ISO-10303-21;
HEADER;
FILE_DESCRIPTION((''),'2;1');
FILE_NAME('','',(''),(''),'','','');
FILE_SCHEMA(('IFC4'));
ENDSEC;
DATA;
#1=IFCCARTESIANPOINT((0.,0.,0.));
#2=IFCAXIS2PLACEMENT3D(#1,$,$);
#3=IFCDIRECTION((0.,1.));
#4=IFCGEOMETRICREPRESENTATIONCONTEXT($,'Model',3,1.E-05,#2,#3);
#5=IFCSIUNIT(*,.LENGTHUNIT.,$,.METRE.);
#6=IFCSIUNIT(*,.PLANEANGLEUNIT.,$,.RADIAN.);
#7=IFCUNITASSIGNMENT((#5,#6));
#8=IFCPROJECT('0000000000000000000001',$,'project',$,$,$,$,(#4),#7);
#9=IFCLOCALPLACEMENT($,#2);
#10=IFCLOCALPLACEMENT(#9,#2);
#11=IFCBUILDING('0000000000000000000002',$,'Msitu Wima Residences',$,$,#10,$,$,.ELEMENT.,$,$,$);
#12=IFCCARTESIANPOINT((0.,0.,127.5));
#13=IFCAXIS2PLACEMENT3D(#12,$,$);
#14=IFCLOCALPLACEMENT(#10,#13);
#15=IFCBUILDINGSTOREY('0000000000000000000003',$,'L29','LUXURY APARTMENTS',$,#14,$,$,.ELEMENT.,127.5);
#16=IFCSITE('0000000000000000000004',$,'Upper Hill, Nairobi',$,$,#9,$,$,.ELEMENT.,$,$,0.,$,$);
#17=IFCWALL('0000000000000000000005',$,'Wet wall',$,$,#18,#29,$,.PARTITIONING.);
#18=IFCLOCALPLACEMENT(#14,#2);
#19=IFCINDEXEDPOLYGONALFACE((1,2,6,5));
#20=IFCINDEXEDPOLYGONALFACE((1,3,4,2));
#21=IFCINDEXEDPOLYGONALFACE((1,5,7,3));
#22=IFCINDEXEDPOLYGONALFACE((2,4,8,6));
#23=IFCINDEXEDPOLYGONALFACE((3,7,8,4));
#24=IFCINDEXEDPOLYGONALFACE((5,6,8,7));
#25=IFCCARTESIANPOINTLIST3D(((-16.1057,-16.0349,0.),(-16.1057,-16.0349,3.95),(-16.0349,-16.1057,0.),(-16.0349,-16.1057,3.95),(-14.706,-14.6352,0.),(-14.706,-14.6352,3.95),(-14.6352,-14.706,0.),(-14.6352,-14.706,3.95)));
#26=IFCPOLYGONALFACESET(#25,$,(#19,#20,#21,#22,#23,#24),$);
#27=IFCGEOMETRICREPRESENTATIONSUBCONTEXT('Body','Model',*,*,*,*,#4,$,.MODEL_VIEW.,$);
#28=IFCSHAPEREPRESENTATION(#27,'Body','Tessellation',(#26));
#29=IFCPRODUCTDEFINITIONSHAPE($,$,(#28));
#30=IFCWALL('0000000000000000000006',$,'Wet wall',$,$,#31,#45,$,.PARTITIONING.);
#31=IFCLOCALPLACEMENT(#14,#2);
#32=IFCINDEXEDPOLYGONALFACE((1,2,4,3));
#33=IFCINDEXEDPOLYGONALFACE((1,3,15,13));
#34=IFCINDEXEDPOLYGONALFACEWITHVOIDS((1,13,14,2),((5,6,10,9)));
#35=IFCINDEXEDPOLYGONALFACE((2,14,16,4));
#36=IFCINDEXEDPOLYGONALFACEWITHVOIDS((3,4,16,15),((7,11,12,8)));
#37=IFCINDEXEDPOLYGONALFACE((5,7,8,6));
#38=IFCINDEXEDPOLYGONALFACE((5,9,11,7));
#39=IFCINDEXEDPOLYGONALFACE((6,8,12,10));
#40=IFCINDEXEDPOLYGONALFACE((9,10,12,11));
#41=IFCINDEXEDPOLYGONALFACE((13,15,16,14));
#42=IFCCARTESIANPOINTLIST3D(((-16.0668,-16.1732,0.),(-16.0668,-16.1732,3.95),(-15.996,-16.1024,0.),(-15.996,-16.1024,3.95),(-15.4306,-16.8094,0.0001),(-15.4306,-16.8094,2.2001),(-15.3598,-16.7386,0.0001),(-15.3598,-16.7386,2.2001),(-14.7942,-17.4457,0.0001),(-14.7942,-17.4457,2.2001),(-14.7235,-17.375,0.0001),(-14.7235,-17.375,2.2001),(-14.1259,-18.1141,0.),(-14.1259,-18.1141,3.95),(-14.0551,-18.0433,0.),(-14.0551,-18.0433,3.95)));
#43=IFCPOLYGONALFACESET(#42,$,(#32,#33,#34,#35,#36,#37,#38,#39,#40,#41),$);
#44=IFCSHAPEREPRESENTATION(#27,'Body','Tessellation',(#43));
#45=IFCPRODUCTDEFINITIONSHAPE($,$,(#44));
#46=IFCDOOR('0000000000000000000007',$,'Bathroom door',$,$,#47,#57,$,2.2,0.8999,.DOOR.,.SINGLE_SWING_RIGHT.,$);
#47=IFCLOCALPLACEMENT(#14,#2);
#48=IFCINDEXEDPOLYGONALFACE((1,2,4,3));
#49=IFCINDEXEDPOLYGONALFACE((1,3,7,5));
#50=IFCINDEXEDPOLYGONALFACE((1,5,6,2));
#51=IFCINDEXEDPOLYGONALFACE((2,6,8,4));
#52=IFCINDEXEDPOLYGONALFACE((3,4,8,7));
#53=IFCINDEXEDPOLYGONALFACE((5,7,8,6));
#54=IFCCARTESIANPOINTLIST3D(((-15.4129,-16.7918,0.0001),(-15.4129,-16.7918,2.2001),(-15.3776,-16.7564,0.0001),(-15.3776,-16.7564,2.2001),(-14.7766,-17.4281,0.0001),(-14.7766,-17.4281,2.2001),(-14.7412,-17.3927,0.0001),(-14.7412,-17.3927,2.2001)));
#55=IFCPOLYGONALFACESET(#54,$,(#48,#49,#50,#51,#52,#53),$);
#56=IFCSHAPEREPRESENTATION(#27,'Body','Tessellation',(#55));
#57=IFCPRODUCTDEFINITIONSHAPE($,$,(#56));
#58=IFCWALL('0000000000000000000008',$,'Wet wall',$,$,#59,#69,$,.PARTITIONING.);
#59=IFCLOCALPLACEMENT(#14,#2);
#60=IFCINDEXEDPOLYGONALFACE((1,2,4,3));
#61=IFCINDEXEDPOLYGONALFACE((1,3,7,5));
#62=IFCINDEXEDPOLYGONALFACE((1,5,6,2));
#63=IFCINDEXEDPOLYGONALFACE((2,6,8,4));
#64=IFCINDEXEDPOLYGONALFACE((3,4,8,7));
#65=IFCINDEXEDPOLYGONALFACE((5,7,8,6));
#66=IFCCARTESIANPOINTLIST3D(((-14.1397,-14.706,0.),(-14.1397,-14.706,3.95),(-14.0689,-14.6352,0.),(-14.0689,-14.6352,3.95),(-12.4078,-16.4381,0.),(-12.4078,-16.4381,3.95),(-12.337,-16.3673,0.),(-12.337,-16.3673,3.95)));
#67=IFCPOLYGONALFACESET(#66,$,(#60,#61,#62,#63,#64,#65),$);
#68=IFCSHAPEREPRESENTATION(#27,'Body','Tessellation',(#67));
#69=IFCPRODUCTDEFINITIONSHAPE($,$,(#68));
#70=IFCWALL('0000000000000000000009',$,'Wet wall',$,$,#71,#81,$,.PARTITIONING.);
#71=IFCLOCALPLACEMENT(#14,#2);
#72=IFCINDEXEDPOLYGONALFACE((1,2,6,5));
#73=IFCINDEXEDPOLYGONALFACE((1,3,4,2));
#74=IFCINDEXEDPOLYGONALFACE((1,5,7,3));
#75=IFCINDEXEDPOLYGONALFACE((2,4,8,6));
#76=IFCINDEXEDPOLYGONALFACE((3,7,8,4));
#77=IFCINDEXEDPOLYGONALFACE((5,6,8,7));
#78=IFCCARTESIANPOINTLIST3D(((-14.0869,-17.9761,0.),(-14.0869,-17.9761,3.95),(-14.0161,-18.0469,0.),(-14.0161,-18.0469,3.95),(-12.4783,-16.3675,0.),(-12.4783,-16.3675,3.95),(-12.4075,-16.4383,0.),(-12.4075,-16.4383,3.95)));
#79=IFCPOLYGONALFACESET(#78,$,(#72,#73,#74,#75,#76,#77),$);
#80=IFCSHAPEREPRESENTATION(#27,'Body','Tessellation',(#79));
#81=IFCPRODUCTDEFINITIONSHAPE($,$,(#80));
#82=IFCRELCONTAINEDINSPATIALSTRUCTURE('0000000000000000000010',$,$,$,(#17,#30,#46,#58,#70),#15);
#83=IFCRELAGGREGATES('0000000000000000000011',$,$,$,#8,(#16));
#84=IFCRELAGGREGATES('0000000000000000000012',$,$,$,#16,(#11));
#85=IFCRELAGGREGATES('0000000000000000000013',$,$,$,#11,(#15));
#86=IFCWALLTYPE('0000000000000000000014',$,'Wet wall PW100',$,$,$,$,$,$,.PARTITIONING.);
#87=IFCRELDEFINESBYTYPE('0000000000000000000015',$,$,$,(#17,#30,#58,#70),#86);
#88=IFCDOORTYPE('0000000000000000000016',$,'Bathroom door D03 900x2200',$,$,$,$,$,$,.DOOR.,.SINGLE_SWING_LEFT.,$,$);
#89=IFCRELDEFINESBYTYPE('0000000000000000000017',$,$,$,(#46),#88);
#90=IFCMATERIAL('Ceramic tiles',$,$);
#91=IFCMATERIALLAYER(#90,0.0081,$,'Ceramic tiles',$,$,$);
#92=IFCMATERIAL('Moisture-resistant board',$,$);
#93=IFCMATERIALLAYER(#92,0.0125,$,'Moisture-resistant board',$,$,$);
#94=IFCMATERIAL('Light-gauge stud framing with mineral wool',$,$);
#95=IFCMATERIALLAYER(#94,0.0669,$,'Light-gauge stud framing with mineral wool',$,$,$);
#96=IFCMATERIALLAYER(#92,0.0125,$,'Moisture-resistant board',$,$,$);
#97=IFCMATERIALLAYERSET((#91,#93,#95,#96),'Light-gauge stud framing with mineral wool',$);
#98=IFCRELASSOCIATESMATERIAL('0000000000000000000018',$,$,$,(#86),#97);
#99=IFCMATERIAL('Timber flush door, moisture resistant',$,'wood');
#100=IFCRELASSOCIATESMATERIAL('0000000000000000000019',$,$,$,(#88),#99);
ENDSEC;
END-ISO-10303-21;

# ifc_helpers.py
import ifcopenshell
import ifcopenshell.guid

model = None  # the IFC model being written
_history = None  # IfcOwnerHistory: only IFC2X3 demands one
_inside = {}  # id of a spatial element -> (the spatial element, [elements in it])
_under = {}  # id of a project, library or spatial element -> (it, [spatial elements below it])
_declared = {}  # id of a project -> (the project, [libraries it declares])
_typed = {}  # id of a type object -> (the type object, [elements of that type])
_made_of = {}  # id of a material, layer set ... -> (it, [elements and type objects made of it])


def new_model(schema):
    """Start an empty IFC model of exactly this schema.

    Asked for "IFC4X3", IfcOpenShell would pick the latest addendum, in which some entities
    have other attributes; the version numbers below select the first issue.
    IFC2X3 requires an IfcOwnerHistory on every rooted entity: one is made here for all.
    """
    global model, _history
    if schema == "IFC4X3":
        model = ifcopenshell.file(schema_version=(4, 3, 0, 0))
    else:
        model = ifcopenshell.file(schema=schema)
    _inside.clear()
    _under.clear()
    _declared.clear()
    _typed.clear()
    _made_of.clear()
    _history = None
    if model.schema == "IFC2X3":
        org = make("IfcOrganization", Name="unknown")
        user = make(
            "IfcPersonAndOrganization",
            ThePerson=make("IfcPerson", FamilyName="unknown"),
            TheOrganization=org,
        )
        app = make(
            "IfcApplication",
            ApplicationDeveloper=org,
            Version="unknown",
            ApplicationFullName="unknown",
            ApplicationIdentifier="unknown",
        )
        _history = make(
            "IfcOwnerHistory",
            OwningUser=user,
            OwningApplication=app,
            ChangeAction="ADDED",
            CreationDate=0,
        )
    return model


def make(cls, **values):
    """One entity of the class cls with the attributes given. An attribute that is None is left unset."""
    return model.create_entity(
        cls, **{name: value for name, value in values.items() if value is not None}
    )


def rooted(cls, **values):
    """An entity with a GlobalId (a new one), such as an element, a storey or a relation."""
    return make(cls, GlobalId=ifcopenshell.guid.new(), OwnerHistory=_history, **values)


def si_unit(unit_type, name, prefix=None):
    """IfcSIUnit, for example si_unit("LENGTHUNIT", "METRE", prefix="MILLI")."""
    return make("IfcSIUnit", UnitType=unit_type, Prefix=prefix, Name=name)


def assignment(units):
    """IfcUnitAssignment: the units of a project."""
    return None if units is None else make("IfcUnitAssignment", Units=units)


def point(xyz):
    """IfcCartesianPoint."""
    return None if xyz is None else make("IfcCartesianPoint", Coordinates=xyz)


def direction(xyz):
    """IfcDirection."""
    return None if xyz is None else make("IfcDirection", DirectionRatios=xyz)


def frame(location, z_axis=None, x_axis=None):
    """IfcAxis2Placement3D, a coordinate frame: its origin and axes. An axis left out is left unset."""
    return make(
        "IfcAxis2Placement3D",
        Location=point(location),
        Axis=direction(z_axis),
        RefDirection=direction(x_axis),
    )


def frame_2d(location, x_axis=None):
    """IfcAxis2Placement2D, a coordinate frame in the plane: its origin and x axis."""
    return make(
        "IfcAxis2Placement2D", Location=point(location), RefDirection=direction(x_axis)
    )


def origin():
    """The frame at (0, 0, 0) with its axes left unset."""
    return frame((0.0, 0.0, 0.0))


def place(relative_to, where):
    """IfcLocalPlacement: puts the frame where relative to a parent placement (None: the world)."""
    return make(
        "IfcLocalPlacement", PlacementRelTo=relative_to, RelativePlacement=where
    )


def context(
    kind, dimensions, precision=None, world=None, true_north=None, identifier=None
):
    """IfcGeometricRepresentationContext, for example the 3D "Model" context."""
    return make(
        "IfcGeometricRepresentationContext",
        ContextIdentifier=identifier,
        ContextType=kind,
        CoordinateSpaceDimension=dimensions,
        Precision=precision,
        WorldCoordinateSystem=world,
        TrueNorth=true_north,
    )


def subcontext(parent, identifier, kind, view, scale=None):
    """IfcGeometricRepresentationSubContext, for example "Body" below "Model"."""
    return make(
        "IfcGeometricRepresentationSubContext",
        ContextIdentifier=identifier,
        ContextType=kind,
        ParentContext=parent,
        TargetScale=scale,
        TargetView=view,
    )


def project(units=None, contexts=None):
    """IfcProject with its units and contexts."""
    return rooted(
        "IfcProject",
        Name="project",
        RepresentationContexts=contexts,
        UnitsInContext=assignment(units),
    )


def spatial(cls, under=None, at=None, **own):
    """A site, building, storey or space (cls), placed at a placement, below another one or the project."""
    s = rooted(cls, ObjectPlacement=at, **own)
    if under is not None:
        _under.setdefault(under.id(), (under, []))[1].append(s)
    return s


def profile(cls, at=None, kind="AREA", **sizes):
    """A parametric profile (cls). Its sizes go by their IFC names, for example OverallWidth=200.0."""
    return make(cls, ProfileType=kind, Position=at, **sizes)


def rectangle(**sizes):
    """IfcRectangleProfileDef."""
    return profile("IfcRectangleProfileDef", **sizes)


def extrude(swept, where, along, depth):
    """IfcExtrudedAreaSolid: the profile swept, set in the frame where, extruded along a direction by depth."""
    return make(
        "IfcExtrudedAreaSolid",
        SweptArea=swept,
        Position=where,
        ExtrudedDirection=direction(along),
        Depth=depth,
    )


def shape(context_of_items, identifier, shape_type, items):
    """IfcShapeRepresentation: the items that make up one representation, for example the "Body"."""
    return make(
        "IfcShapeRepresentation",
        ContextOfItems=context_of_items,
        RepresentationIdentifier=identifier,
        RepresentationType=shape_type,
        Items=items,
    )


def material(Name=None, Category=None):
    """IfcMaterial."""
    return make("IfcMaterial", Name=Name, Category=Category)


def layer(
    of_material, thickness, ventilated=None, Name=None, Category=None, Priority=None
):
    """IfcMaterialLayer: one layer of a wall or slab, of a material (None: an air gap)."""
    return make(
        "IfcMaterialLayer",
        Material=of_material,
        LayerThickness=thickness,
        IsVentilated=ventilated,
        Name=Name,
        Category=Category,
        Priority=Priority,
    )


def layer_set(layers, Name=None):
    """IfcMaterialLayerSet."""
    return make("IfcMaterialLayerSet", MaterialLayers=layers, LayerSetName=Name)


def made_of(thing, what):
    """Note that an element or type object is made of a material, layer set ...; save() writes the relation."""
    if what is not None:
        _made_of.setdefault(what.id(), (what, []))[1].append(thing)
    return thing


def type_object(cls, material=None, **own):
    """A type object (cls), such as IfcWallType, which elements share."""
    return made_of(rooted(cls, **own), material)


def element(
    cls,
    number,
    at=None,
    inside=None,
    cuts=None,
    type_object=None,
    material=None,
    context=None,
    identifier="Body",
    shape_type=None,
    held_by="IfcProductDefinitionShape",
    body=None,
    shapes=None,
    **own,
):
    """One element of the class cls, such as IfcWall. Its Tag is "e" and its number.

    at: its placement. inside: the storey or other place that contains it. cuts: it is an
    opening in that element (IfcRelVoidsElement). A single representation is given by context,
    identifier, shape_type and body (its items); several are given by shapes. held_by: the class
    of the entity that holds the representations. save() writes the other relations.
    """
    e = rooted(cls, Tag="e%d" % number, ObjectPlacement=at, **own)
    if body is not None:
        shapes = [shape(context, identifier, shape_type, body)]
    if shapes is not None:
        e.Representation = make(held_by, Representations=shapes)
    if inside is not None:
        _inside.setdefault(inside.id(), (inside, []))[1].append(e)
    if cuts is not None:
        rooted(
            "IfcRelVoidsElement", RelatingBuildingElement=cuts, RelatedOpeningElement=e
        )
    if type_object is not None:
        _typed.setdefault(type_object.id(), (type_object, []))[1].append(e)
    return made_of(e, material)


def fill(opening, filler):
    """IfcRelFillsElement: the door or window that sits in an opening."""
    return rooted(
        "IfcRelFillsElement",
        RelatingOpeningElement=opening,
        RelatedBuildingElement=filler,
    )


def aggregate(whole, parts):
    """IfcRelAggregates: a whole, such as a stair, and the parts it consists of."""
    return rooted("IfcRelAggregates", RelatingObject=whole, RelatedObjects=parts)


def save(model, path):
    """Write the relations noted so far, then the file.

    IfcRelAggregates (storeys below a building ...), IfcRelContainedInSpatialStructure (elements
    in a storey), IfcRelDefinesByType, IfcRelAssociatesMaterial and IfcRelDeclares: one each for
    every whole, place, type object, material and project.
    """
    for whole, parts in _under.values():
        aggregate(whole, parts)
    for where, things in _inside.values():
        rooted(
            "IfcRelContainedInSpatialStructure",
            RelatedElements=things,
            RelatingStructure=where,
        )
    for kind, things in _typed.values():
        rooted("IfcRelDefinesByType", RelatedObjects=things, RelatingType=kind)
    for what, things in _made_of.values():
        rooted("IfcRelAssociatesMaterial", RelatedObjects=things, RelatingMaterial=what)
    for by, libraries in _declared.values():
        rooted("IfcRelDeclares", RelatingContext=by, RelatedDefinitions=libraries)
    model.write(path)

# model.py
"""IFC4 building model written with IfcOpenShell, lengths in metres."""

from ifc_helpers import new_model, si_unit, direction, frame, frame_2d, origin, place, context, subcontext, project, spatial, rectangle, extrude, material, layer, layer_set, type_object, element, fill, save


model = new_model("IFC4")

# Units and contexts
model_context = context("Model", 3, precision=1e-05, world=origin(), true_north=direction((0.0, 1.0)))
body_context = subcontext(model_context, "Body", "Model", "MODEL_VIEW")
ifc_project = project(units=[si_unit("LENGTHUNIT", "METRE"), si_unit("PLANEANGLEUNIT", "RADIAN")], contexts=[model_context])

# Site, building, storey
site_placement = place(None, origin())
site = spatial("IfcSite", under=ifc_project, at=site_placement, Name="Upper Hill, Nairobi", CompositionType="ELEMENT", RefElevation=0.0)
building_placement = place(site_placement, origin())
building = spatial("IfcBuilding", under=site, at=building_placement, Name="Msitu Wima Residences", CompositionType="ELEMENT")
storey_placement = place(building_placement, frame((0.0, 0.0, 127.5)))
storey = spatial("IfcBuildingStorey", under=building, at=storey_placement, Name="L29", Description="LUXURY APARTMENTS", CompositionType="ELEMENT", Elevation=127.5)

# Wall
ifc_material_1 = material(Name="Ceramic tiles")
ifc_layer_1 = layer(ifc_material_1, 0.0081, Name="Ceramic tiles")
ifc_material_2 = material(Name="Moisture-resistant board")
ifc_layer_2 = layer(ifc_material_2, 0.0125, Name="Moisture-resistant board")
ifc_material_3 = material(Name="Light-gauge stud framing with mineral wool")
ifc_layer_3 = layer(ifc_material_3, 0.0669, Name="Light-gauge stud framing with mineral wool")
ifc_layer_4 = layer(ifc_material_2, 0.0125, Name="Moisture-resistant board")
ifc_layer_set_1 = layer_set([ifc_layer_1, ifc_layer_2, ifc_layer_3, ifc_layer_4], Name="Light-gauge stud framing with mineral wool")
wall_type_1 = type_object("IfcWallType", Name="Wet wall PW100", PredefinedType="PARTITIONING", material=ifc_layer_set_1)
wall_1_placement = place(storey_placement, frame((-16.0703, -16.0703, 0.0), z_axis=(0.0, 0.0, 1.0), x_axis=(0.707107, 0.707107, 0.0)))
element("IfcWall", 1, at=wall_1_placement, inside=storey, type_object=wall_type_1, Name="Wet wall", PredefinedType="PARTITIONING", context=body_context, shape_type="SweptSolid", body=[
    extrude(rectangle(XDim=1.9795, YDim=0.1001, at=frame_2d((0.9897, 0.0))), origin(), (0.0, 0.0, 1.0), 3.95),
])

# Wall, opening, door
wall_2_placement = place(storey_placement, frame((-16.0315, -16.1377, 0.0), z_axis=(0.0, 0.0, 1.0), x_axis=(0.707107, -0.707107, 0.0)))
wall_2 = element("IfcWall", 2, at=wall_2_placement, inside=storey, type_object=wall_type_1, Name="Wet wall", PredefinedType="PARTITIONING", context=body_context, shape_type="SweptSolid", body=[
    extrude(rectangle(XDim=2.7449, YDim=0.1001, at=frame_2d((1.3726, 0.0))), origin(), (0.0, 0.0, 1.0), 3.95),
])
opening_1_placement = place(wall_2_placement, frame((0.8999, 0.0, 0.0)))
opening_1 = element("IfcOpeningElement", 3, at=opening_1_placement, cuts=wall_2, PredefinedType="OPENING", context=body_context, shape_type="SweptSolid", body=[
    extrude(rectangle(XDim=0.8999, YDim=2.2, at=frame_2d((0.45, 1.1001))), frame((0.0, 0.0601, 0.0), z_axis=(0.0, -1.0, 0.0), x_axis=(1.0, 0.0, 0.0)), (0.0, 0.0, 1.0), 0.1201),
])
ifc_material_4 = material(Name="Timber flush door, moisture resistant", Category="wood")
door_type_1 = type_object("IfcDoorType", Name="Bathroom door D03 900x2200", OperationType="SINGLE_SWING_LEFT", PredefinedType="DOOR", material=ifc_material_4)
door_1_placement = place(opening_1_placement, origin())
door_1 = element("IfcDoor", 4, at=door_1_placement, inside=storey, type_object=door_type_1, Name="Bathroom door", OperationType="SINGLE_SWING_RIGHT", OverallHeight=2.2, OverallWidth=0.8999, PredefinedType="DOOR", context=body_context, shape_type="SweptSolid", body=[
    extrude(rectangle(XDim=0.8999, YDim=2.2, at=frame_2d((0.45, 1.1001))), frame((0.0, 0.0249, 0.0), z_axis=(0.0, -1.0, 0.0), x_axis=(1.0, 0.0, 0.0)), (0.0, 0.0, 1.0), 0.05),
])
fill(opening_1, door_1)

# Walls
wall_3_placement = place(storey_placement, frame((-14.1042, -14.6707, 0.0), z_axis=(0.0, 0.0, 1.0), x_axis=(0.707057, -0.707157, 0.0)))
element("IfcWall", 5, at=wall_3_placement, inside=storey, type_object=wall_type_1, Name="Wet wall", PredefinedType="PARTITIONING", context=body_context, shape_type="SweptSolid", body=[
    extrude(rectangle(XDim=2.4495, YDim=0.1001, at=frame_2d((1.2246, 0.0))), origin(), (0.0, 0.0, 1.0), 3.95),
])
wall_4_placement = place(storey_placement, frame((-14.0515, -18.0115, 0.0), z_axis=(0.0, 0.0, 1.0), x_axis=(0.707107, 0.707107, 0.0)))
element("IfcWall", 6, at=wall_4_placement, inside=storey, type_object=wall_type_1, Name="Wet wall", PredefinedType="PARTITIONING", context=body_context, shape_type="SweptSolid", body=[
    extrude(rectangle(XDim=2.2749, YDim=0.1001, at=frame_2d((1.1375, 0.0))), origin(), (0.0, 0.0, 1.0), 3.95),
])

save(model, "model.ifc")
